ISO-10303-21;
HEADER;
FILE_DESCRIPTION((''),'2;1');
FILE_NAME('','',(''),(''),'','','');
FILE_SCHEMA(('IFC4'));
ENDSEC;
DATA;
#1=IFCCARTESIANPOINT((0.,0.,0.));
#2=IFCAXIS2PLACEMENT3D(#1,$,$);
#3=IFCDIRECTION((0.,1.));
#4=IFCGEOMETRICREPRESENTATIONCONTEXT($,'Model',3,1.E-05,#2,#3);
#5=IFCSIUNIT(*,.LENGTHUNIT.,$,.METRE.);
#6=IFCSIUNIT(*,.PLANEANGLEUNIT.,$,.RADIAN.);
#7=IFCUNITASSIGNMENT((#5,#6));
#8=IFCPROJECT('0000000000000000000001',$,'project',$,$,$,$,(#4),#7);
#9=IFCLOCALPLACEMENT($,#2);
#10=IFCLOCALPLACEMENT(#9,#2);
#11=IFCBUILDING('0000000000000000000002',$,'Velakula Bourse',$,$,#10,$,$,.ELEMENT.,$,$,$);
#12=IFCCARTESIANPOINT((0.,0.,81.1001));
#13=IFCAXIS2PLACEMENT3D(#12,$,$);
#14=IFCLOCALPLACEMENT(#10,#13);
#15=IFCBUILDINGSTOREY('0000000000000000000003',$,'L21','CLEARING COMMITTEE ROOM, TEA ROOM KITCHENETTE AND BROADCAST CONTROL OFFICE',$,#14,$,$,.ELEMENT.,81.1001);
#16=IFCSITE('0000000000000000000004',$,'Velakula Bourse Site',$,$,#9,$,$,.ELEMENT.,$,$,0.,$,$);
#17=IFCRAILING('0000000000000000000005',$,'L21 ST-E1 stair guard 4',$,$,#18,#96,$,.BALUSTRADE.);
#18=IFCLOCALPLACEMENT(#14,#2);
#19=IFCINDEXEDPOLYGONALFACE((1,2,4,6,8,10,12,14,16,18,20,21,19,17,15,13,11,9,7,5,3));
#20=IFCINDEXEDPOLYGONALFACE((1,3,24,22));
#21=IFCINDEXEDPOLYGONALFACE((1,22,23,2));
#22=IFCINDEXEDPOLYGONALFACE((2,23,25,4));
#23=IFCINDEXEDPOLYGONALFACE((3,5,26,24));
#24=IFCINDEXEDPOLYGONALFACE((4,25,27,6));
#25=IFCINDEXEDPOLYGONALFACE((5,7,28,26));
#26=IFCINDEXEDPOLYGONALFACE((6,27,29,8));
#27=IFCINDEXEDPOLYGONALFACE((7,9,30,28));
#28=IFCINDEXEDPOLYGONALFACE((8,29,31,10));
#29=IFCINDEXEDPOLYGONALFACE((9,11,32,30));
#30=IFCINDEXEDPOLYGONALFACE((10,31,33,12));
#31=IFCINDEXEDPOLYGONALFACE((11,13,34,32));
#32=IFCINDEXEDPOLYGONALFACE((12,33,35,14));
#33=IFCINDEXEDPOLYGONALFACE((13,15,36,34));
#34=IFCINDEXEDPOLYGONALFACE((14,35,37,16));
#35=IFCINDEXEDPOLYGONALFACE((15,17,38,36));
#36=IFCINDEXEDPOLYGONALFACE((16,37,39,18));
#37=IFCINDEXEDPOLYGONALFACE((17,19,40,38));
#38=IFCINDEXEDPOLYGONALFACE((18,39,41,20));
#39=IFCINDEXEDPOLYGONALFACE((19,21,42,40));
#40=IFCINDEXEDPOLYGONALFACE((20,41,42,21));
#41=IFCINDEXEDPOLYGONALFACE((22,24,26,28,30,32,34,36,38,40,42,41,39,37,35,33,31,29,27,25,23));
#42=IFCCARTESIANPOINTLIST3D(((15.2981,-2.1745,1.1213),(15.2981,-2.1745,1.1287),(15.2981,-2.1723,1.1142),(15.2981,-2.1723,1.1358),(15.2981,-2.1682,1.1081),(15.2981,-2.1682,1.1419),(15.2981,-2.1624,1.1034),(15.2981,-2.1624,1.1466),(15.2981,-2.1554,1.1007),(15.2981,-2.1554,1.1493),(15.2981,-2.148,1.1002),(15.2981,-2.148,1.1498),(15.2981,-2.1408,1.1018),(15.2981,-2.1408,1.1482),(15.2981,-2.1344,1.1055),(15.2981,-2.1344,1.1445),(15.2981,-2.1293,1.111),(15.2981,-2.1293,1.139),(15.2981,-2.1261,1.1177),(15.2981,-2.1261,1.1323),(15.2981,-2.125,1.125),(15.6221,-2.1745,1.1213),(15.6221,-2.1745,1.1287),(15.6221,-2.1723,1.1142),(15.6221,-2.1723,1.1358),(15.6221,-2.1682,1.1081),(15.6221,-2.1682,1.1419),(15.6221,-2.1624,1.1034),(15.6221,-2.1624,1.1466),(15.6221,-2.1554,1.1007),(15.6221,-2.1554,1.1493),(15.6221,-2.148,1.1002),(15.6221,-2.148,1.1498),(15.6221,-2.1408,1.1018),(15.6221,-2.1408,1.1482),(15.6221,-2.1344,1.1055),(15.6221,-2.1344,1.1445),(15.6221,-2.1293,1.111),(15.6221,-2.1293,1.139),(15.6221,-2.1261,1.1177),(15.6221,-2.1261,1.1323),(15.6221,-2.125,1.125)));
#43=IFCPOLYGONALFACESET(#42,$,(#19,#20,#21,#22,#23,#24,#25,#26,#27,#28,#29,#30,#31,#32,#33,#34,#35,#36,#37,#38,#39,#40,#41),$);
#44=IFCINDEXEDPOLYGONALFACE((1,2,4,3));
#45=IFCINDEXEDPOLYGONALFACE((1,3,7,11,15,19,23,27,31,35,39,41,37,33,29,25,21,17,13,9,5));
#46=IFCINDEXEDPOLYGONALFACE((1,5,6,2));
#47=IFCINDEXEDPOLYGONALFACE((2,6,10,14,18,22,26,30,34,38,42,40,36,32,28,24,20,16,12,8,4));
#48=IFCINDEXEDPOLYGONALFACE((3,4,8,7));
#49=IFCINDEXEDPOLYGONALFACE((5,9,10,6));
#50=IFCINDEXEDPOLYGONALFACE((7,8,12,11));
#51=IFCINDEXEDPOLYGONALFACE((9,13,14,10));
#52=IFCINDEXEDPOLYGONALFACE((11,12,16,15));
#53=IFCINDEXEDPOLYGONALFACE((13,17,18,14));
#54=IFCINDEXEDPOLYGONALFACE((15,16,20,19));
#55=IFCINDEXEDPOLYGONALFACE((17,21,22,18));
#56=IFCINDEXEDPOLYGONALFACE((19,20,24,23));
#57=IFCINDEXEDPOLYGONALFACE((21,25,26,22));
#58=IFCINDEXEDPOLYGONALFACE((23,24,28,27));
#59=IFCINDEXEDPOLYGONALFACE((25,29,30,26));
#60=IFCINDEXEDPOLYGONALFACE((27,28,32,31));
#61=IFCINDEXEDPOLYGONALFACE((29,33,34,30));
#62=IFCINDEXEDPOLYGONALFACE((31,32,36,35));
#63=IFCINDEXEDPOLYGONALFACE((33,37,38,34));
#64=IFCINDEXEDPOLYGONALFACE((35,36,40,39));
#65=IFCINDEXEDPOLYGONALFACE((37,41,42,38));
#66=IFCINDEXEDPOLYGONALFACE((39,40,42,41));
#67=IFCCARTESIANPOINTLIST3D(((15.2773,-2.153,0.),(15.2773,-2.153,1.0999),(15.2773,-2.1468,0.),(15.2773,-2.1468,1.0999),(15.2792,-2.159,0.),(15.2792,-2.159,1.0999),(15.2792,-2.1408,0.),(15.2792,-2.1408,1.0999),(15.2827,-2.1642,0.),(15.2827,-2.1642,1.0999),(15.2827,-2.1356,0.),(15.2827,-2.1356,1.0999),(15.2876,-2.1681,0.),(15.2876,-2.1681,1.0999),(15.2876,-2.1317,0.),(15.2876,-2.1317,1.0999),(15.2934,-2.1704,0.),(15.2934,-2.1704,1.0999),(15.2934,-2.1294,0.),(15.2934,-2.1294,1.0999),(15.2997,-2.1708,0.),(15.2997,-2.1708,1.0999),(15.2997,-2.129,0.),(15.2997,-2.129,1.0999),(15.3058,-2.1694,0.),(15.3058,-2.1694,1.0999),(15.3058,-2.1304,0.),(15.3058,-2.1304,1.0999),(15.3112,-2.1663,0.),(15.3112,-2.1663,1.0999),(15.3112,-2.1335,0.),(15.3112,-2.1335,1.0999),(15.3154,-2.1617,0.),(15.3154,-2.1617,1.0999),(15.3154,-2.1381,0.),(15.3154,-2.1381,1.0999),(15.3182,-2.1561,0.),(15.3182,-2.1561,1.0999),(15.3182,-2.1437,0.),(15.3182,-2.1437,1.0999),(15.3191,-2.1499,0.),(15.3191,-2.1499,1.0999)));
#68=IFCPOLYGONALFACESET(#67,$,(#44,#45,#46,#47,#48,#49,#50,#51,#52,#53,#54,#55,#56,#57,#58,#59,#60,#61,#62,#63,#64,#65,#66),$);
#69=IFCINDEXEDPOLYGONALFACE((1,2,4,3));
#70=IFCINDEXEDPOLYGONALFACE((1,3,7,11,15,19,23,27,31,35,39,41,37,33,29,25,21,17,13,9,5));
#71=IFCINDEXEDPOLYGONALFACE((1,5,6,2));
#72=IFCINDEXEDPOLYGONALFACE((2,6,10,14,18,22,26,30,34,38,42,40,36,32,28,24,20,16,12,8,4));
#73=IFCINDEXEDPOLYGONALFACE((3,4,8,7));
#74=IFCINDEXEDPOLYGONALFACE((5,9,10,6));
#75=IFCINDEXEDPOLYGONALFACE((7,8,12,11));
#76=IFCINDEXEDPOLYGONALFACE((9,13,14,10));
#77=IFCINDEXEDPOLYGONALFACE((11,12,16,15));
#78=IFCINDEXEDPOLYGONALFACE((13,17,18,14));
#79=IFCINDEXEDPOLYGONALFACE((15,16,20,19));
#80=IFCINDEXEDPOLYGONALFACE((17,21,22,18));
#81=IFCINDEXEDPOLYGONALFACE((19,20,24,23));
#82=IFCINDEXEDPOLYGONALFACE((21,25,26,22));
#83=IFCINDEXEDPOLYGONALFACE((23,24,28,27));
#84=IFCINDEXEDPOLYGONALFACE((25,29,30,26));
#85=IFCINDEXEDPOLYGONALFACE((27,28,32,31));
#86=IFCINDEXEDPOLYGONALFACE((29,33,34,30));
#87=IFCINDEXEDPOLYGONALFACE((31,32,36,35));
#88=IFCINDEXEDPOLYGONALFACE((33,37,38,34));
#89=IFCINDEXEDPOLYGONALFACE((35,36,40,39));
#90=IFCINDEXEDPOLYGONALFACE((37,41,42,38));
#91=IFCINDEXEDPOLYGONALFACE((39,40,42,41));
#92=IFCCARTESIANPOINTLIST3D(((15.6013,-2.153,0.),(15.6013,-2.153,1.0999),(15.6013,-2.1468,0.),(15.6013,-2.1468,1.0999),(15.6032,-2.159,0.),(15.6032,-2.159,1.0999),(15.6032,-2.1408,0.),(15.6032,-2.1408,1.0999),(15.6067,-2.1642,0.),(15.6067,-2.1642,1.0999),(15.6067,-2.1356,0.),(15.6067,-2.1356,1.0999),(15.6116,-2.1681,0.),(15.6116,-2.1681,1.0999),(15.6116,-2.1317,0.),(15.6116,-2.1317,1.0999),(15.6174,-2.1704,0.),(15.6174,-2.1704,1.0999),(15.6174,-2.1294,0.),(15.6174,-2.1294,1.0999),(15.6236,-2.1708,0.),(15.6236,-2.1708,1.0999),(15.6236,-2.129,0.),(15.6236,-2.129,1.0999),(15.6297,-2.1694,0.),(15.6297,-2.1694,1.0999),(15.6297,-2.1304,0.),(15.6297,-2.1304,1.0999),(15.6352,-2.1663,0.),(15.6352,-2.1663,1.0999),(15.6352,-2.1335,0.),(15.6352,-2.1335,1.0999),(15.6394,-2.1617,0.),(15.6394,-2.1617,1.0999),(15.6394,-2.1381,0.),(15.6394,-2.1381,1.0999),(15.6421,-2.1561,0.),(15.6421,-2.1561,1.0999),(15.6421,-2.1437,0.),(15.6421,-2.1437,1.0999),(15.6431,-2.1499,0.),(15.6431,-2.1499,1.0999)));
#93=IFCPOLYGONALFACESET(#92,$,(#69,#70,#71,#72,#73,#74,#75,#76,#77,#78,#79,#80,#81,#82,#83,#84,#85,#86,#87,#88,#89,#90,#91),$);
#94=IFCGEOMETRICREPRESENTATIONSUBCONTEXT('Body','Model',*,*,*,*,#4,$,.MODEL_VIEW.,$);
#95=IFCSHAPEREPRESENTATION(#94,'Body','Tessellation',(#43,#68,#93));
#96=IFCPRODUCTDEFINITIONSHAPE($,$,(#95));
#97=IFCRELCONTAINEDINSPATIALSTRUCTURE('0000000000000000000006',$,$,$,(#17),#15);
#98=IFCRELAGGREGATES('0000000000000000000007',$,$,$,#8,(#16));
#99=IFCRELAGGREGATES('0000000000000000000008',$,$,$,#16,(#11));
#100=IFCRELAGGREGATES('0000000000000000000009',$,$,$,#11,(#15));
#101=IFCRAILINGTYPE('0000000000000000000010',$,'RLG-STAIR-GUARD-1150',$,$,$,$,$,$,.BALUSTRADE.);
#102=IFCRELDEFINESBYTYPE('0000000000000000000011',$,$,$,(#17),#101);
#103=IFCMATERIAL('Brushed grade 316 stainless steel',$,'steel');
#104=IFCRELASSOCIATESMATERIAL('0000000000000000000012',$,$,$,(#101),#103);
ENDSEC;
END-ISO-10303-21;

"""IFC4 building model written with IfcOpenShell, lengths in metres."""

from ifc_helpers import new_model, si_unit, direction, frame, origin, origin_2d, place, context, subcontext, project, spatial, circle, extrude, material, type_object, element, save


model = new_model("IFC4")

# Units and contexts
model_context = context("Model", 3, precision=1e-05, world=origin(), true_north=direction((0.0, 1.0)))
body_context = subcontext(model_context, "Body", "Model", "MODEL_VIEW")
ifc_project = project(units=[si_unit("LENGTHUNIT", "METRE"), si_unit("PLANEANGLEUNIT", "RADIAN")], contexts=[model_context])

# Site, building, storey
site_placement = place(None, origin())
site = spatial("IfcSite", under=ifc_project, at=site_placement, Name="Velakula Bourse Site", CompositionType="ELEMENT", RefElevation=0.0)
building_placement = place(site_placement, origin())
building = spatial("IfcBuilding", under=site, at=building_placement, Name="Velakula Bourse", CompositionType="ELEMENT")
storey_placement = place(building_placement, frame((0.0, 0.0, 81.1001)))
storey = spatial("IfcBuildingStorey", under=building, at=storey_placement, Name="L21", Description="CLEARING COMMITTEE ROOM, TEA ROOM KITCHENETTE AND BROADCAST CONTROL OFFICE", CompositionType="ELEMENT", Elevation=81.1001)

# Railing
ifc_material_1 = material(Name="Brushed grade 316 stainless steel", Category="steel")
railing_type_1 = type_object("IfcRailingType", Name="RLG-STAIR-GUARD-1150", PredefinedType="BALUSTRADE", material=ifc_material_1)
railing_1_placement = place(storey_placement, frame((15.2981, -2.1499, 0.0)))
element("IfcRailing", 1, at=railing_1_placement, inside=storey, type_object=railing_type_1, Name="L21 ST-E1 stair guard 4", PredefinedType="BALUSTRADE", context=body_context, shape_type="SweptSolid", body=[
    extrude(circle(Radius=0.0249, at=origin_2d()), frame((0.0, 0.0, 1.125), z_axis=(1.0, 0.0, 0.0), x_axis=(0.0, 1.0, 0.0)), (0.0, 0.0, 1.0), 0.324),
    extrude(circle(Radius=0.021, at=origin_2d()), origin(), (0.0, 0.0, 1.0), 1.0999),
    extrude(circle(Radius=0.021, at=origin_2d()), frame((0.324, 0.0, 0.0)), (0.0, 0.0, 1.0), 1.0999),
])

save(model, "model.ifc")
